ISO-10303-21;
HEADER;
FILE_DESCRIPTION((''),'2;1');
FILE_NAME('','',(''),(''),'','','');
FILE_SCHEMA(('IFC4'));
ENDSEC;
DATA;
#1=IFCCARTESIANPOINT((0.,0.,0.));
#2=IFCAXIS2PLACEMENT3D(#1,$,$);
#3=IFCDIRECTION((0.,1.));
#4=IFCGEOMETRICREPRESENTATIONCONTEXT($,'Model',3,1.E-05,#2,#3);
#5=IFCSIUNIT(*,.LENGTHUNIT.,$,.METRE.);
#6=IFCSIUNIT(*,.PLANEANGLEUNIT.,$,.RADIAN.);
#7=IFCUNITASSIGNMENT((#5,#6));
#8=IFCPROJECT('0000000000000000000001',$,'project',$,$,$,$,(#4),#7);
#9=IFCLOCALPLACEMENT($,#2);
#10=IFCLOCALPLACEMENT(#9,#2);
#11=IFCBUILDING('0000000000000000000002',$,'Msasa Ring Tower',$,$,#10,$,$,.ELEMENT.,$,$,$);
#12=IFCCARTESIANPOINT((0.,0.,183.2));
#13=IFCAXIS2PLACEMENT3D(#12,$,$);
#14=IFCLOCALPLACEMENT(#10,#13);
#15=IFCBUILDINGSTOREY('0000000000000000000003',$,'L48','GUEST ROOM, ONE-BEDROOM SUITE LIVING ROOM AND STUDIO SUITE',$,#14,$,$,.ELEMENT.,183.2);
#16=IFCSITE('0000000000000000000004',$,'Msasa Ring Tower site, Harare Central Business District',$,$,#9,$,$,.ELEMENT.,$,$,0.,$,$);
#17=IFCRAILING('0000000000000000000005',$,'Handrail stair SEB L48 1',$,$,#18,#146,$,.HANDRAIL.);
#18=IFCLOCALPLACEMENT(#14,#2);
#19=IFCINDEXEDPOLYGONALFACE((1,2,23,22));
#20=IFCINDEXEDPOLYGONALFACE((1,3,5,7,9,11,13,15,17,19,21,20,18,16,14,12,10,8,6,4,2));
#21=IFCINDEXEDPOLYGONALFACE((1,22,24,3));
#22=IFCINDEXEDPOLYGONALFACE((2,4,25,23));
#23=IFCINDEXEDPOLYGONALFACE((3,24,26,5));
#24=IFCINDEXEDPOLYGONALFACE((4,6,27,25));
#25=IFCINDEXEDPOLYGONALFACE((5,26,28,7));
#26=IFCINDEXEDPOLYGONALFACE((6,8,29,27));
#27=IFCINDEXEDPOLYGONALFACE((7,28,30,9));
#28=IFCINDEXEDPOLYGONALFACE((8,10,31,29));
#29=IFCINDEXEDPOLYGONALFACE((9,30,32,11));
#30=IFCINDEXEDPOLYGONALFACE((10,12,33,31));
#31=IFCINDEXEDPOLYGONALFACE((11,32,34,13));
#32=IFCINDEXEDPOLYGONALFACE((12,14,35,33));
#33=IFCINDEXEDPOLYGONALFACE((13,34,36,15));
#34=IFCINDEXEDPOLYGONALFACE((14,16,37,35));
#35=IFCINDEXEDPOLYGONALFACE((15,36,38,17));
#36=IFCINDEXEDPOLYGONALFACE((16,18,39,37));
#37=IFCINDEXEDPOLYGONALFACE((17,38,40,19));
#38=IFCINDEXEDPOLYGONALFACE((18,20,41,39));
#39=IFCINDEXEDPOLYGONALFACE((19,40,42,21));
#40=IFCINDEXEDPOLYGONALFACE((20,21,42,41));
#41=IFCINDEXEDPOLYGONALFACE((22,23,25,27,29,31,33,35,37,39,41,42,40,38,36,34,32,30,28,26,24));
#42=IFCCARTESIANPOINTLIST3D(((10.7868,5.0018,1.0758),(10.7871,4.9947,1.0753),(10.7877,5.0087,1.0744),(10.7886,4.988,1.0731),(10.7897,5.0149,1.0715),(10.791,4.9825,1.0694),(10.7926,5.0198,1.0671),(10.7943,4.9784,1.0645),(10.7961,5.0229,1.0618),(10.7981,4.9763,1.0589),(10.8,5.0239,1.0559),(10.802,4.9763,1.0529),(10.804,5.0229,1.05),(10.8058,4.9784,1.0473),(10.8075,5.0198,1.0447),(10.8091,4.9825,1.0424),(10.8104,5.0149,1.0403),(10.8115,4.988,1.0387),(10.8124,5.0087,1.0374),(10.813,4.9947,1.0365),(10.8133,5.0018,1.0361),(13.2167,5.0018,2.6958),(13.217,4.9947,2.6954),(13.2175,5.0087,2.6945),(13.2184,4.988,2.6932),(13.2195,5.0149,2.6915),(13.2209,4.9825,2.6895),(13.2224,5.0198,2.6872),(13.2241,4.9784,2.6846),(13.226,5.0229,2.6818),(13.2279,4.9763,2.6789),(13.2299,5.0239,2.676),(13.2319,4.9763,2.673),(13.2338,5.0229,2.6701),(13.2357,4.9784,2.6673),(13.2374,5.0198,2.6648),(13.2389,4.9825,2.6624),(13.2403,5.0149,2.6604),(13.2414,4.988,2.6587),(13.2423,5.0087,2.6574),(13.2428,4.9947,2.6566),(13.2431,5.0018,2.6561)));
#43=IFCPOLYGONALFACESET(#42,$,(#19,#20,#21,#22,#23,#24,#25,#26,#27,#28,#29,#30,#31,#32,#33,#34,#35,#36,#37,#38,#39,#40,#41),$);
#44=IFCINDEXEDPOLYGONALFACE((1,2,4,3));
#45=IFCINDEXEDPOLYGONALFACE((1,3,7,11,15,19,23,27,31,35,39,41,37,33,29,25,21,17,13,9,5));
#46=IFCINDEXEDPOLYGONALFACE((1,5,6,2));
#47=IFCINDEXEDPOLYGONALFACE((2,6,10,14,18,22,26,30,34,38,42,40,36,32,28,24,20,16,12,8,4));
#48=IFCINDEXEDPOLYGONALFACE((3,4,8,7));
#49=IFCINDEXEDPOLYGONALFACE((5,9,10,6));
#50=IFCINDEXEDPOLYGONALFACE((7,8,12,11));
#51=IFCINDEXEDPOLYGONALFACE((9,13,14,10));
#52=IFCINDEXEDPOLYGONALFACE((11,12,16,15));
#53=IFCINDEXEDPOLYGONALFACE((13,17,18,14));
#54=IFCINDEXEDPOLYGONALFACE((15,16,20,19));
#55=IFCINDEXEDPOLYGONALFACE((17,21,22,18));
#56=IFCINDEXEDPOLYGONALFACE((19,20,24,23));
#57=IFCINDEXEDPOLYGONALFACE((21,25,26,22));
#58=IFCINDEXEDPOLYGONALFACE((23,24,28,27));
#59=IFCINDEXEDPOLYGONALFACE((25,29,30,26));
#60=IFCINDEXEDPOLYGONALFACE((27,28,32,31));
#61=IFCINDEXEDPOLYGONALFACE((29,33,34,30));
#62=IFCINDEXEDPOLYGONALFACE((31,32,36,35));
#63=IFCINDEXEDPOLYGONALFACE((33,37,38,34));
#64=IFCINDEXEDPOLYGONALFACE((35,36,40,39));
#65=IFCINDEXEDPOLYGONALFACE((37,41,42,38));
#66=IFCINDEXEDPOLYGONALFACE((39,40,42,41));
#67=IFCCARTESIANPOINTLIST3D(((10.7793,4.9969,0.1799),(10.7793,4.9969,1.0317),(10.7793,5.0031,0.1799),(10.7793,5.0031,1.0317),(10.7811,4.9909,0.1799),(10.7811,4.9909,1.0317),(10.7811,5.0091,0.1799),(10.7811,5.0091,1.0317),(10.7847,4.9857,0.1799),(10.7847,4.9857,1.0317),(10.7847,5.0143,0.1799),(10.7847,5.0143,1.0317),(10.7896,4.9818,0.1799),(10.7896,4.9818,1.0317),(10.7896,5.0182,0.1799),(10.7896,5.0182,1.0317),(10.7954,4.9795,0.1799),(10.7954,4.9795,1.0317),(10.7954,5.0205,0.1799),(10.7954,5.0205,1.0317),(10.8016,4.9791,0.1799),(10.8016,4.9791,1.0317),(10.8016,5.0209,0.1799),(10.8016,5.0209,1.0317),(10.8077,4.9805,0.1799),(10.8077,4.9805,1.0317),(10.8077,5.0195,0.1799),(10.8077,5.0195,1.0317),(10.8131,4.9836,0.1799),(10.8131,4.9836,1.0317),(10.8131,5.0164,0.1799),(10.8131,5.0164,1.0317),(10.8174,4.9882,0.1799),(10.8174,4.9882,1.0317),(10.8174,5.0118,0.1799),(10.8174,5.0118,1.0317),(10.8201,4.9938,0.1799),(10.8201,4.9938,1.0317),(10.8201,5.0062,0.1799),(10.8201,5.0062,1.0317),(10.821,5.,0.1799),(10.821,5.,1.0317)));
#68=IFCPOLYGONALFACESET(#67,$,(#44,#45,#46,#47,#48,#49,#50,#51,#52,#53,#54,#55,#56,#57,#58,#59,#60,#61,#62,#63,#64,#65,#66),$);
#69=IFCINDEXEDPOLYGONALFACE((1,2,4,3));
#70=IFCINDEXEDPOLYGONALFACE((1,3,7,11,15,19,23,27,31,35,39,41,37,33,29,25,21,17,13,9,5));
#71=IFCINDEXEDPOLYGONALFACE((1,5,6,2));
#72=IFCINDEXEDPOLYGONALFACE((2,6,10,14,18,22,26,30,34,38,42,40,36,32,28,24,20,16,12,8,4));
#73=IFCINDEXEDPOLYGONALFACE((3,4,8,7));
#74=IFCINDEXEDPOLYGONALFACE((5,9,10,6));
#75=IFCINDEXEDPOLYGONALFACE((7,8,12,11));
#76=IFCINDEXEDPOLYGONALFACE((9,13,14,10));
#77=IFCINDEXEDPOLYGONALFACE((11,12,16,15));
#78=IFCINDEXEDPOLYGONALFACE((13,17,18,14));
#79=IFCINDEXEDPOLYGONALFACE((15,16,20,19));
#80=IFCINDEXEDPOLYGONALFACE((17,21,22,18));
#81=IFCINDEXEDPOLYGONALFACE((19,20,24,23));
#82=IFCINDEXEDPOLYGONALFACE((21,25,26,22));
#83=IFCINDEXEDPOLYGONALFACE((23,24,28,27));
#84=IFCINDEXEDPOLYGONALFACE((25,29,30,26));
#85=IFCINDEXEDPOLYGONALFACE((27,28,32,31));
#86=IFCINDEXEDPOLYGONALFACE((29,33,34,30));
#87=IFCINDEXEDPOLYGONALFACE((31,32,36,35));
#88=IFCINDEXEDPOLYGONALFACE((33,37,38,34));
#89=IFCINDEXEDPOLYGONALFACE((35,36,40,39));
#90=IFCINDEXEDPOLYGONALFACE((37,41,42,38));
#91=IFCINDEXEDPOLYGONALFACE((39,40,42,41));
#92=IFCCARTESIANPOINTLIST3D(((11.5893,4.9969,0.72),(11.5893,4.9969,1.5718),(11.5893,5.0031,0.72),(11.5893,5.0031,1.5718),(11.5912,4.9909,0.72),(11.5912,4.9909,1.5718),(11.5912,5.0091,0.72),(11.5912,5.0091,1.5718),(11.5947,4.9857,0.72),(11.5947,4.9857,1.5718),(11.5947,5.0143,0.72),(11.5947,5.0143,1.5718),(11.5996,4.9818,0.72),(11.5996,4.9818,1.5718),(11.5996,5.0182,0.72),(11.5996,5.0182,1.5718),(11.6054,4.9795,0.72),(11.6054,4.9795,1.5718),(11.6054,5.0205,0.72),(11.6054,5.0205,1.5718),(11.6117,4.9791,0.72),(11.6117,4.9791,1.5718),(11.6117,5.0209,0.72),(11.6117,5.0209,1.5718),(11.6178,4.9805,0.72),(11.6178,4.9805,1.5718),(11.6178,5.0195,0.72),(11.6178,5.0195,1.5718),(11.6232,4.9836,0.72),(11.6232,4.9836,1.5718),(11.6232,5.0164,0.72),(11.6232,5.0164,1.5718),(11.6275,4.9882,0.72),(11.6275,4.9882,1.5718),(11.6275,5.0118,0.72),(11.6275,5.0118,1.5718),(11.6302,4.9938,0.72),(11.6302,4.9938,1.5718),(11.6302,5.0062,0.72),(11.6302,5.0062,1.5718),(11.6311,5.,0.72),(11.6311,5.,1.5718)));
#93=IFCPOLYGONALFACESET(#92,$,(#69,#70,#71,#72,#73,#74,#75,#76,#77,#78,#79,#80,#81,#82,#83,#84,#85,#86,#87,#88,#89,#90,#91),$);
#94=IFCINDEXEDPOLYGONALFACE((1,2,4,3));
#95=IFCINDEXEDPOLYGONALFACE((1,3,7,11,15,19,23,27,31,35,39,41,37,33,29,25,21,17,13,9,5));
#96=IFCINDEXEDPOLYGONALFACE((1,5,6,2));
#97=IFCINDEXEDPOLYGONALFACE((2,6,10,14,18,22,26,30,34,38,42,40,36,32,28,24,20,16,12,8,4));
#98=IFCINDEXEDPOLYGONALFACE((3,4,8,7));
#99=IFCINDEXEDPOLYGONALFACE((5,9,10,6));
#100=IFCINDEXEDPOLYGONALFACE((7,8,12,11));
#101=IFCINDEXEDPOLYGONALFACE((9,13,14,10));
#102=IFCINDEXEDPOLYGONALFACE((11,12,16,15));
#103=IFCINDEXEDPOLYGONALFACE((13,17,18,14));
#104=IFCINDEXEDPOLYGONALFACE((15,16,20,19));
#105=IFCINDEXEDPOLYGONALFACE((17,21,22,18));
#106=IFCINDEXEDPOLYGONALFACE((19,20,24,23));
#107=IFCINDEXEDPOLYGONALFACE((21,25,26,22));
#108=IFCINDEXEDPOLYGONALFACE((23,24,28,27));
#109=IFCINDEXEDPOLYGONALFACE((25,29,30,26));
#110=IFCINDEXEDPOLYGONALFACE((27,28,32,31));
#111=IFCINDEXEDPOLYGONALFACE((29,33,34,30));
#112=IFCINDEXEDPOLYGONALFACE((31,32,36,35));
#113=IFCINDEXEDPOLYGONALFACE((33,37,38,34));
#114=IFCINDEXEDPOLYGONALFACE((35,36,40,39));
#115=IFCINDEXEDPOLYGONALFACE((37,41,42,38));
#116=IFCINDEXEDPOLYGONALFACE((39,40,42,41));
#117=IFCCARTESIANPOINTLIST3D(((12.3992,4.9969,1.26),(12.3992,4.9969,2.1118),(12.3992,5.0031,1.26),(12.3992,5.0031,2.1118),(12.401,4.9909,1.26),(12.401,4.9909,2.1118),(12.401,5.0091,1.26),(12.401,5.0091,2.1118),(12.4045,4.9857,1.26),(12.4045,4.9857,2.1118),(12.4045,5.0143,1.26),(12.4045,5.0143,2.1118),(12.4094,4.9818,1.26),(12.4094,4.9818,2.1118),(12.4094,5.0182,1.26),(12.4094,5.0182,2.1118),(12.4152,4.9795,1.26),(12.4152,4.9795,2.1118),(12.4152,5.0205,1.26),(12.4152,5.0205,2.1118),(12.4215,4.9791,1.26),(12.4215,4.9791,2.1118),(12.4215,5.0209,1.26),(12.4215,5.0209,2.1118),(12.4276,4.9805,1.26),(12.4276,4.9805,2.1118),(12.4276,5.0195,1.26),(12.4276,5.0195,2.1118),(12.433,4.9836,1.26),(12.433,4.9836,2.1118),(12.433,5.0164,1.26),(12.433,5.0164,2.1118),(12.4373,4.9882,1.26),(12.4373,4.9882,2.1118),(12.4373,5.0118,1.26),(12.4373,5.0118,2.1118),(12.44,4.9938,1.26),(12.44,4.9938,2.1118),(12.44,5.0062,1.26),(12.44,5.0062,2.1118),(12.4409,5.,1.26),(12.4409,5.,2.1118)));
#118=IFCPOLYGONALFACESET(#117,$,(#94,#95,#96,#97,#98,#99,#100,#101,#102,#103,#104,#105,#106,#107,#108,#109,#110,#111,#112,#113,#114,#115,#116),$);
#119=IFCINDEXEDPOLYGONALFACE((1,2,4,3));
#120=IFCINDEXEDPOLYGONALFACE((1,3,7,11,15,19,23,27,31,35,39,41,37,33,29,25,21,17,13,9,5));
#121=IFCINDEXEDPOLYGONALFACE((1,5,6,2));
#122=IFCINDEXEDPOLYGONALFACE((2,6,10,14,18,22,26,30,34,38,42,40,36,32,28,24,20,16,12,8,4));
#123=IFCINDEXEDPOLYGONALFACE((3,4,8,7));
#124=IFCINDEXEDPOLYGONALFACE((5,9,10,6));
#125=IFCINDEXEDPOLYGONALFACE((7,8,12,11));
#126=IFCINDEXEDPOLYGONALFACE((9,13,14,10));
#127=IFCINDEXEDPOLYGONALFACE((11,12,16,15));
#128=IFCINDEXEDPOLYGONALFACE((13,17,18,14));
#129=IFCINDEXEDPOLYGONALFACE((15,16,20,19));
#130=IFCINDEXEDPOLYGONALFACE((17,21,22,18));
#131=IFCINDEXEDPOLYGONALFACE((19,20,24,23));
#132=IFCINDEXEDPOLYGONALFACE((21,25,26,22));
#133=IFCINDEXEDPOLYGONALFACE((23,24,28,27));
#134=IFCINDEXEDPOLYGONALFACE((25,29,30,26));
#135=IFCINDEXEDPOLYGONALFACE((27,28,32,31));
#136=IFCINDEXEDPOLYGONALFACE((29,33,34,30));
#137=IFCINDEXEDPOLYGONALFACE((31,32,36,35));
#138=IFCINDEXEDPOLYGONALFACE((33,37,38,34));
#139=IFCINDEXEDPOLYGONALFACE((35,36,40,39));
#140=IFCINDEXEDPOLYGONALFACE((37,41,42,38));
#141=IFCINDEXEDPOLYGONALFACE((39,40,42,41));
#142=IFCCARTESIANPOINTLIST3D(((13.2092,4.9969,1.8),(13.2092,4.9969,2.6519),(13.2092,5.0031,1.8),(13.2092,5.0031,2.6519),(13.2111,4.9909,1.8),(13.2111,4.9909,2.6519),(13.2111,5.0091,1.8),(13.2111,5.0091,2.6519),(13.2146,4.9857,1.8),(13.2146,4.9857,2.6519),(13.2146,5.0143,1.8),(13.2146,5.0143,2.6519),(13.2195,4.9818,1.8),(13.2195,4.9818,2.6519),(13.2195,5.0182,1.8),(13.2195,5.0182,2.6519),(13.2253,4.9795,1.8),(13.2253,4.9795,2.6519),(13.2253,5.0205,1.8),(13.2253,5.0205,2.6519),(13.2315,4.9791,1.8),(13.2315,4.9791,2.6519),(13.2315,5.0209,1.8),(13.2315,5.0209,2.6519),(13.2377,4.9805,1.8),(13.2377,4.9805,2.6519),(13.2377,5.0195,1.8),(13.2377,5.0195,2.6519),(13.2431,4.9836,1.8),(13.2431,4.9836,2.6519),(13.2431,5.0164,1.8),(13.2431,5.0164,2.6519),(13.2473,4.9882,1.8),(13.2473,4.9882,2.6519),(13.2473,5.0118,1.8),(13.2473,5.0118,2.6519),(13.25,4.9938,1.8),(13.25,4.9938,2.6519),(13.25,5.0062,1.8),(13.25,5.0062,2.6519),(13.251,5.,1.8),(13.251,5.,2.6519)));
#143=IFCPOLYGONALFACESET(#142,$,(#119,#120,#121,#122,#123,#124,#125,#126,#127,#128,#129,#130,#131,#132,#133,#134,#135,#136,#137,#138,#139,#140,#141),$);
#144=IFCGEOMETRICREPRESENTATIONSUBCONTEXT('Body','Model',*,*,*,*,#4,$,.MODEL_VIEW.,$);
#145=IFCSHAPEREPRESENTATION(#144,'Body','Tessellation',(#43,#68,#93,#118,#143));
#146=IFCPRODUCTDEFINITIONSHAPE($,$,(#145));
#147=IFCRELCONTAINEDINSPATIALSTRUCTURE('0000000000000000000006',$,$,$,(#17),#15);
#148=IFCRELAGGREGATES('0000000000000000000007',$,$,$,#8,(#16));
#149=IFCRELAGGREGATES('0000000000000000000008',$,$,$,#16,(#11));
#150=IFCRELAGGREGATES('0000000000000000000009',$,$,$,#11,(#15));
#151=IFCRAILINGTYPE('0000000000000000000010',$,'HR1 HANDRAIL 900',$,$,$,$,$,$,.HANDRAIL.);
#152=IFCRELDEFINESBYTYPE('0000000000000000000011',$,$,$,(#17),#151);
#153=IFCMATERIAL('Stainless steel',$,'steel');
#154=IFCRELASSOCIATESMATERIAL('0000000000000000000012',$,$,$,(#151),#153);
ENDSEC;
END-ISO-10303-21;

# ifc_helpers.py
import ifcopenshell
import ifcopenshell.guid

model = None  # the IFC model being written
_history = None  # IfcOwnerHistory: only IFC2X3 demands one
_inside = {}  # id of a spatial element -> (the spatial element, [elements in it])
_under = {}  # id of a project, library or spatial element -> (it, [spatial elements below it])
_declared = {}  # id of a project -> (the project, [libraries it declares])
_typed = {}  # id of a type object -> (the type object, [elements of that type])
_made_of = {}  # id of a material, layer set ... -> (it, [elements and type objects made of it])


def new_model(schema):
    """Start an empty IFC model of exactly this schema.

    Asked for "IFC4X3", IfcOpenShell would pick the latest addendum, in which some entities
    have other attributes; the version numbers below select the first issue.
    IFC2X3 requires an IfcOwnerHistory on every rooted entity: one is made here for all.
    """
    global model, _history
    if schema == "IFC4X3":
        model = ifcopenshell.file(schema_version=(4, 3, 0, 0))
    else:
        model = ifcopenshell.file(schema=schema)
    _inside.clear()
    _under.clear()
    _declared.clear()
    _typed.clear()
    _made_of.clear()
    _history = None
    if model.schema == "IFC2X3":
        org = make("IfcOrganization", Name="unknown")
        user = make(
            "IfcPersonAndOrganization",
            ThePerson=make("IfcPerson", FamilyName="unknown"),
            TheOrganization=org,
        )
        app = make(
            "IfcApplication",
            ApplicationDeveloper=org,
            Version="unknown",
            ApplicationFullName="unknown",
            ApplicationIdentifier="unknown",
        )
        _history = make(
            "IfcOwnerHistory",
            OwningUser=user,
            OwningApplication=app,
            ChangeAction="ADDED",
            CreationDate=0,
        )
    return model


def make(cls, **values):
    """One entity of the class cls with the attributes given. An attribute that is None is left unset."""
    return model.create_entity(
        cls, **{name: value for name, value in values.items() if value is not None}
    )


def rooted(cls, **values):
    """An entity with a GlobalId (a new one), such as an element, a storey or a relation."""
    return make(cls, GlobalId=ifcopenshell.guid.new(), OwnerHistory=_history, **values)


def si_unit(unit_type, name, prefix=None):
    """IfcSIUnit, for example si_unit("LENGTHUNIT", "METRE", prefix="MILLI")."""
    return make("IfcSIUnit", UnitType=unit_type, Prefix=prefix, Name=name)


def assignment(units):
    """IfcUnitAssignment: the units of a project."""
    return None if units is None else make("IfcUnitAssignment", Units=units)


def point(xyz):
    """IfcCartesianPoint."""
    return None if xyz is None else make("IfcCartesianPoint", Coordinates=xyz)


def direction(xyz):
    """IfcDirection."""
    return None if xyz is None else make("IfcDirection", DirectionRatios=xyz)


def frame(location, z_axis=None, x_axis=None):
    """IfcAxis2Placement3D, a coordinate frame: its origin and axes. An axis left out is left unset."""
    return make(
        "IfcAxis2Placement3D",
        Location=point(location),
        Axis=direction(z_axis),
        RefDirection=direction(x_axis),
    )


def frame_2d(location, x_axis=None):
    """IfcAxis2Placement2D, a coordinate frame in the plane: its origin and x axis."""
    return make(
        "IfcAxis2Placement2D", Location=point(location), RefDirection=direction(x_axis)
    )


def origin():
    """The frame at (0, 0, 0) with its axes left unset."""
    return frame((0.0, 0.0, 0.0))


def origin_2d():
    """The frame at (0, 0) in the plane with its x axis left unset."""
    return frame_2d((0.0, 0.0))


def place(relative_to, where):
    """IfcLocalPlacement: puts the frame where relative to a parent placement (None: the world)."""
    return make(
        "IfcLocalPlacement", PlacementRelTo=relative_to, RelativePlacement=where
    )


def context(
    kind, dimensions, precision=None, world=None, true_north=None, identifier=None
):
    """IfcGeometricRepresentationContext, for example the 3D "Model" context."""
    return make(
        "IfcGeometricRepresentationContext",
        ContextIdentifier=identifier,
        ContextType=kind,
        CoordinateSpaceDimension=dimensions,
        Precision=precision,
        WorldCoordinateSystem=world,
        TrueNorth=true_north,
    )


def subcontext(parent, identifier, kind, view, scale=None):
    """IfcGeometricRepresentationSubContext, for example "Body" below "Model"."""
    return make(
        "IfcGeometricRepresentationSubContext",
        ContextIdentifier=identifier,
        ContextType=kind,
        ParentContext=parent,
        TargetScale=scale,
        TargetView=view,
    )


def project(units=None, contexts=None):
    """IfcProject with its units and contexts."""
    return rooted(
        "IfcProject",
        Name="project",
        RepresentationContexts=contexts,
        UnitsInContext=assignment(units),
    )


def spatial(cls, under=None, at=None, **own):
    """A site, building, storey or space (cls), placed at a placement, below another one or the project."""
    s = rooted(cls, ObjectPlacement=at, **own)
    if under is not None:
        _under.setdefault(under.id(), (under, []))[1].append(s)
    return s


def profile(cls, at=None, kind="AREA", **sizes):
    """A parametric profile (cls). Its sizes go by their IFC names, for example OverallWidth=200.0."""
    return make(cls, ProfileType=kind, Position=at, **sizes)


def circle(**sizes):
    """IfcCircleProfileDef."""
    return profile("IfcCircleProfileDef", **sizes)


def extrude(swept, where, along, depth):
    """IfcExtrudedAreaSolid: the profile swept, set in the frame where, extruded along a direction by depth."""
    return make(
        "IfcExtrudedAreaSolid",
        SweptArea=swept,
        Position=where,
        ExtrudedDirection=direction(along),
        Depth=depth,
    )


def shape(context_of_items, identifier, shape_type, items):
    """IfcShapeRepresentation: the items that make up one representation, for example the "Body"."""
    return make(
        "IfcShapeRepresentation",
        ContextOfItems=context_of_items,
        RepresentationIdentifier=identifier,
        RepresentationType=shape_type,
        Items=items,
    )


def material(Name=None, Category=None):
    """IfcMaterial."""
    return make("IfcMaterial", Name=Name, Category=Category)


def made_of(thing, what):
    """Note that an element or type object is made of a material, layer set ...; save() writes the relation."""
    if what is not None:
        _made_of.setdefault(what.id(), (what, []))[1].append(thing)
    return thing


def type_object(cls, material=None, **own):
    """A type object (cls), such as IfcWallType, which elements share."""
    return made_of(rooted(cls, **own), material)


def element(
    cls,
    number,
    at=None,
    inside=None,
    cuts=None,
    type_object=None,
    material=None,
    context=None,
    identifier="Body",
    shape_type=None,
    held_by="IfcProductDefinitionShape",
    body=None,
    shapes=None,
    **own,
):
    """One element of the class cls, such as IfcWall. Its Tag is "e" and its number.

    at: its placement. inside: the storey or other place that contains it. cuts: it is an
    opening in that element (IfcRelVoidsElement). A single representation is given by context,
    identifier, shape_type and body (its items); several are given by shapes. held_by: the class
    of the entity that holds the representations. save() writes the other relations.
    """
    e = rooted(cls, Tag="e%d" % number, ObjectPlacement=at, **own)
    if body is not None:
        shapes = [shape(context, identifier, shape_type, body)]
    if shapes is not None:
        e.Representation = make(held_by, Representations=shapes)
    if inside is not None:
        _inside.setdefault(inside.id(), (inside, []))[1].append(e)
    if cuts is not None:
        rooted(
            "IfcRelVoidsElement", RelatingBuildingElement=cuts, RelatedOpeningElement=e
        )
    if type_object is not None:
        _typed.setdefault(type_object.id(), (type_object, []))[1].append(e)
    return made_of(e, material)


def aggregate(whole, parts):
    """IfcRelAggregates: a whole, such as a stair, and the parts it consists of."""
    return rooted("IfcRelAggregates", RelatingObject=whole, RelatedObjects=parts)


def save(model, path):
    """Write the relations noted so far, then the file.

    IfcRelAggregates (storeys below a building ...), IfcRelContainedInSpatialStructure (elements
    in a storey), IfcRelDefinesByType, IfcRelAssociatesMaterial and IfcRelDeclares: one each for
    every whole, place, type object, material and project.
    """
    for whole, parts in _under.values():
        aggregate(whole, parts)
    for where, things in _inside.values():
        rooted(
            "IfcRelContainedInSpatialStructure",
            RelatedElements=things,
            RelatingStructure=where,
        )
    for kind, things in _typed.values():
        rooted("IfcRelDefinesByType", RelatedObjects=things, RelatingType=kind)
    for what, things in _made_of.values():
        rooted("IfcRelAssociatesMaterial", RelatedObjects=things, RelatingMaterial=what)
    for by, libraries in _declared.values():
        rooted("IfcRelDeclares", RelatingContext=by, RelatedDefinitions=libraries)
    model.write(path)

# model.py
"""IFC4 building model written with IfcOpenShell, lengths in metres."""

from ifc_helpers import new_model, si_unit, direction, frame, origin, origin_2d, place, context, subcontext, project, spatial, circle, extrude, material, type_object, element, save


model = new_model("IFC4")

# Units and contexts
model_context = context("Model", 3, precision=1e-05, world=origin(), true_north=direction((0.0, 1.0)))
body_context = subcontext(model_context, "Body", "Model", "MODEL_VIEW")
ifc_project = project(units=[si_unit("LENGTHUNIT", "METRE"), si_unit("PLANEANGLEUNIT", "RADIAN")], contexts=[model_context])

# Site, building, storey
site_placement = place(None, origin())
site = spatial("IfcSite", under=ifc_project, at=site_placement, Name="Msasa Ring Tower site, Harare Central Business District", CompositionType="ELEMENT", RefElevation=0.0)
building_placement = place(site_placement, origin())
building = spatial("IfcBuilding", under=site, at=building_placement, Name="Msasa Ring Tower", CompositionType="ELEMENT")
storey_placement = place(building_placement, frame((0.0, 0.0, 183.2)))
storey = spatial("IfcBuildingStorey", under=building, at=storey_placement, Name="L48", Description="GUEST ROOM, ONE-BEDROOM SUITE LIVING ROOM AND STUDIO SUITE", CompositionType="ELEMENT", Elevation=183.2)

# Railing
ifc_material_1 = material(Name="Stainless steel", Category="steel")
railing_type = type_object("IfcRailingType", Name="HR1 HANDRAIL 900", PredefinedType="HANDRAIL", material=ifc_material_1)
for number, where, name in (
    (1, (10.8, 5.0, 0.1799), "Handrail stair SEB L48 1"),
):
    element("IfcRailing", number, at=place(storey_placement, frame(where)), inside=storey, type_object=railing_type, Name=name, PredefinedType="HANDRAIL", context=body_context, shape_type="SweptSolid", body=[
        extrude(circle(Radius=0.0239, at=origin_2d()), frame((0.0, 0.0, 0.876), z_axis=(0.832025, 0.0, 0.554739), x_axis=(0.0, 1.0, 0.0)), (0.0, 0.0, 1.0), 2.9204),
        extrude(circle(Radius=0.021, at=origin_2d()), origin(), (0.0, 0.0, 1.0), 0.8518),
        extrude(circle(Radius=0.021, at=origin_2d()), frame((0.8101, 0.0, 0.54)), (0.0, 0.0, 1.0), 0.8518),
        extrude(circle(Radius=0.021, at=origin_2d()), frame((1.6199, 0.0, 1.0801)), (0.0, 0.0, 1.0), 0.8518),
        extrude(circle(Radius=0.021, at=origin_2d()), frame((2.4299, 0.0, 1.6201)), (0.0, 0.0, 1.0), 0.8518),
    ])

save(model, "model.ifc")
